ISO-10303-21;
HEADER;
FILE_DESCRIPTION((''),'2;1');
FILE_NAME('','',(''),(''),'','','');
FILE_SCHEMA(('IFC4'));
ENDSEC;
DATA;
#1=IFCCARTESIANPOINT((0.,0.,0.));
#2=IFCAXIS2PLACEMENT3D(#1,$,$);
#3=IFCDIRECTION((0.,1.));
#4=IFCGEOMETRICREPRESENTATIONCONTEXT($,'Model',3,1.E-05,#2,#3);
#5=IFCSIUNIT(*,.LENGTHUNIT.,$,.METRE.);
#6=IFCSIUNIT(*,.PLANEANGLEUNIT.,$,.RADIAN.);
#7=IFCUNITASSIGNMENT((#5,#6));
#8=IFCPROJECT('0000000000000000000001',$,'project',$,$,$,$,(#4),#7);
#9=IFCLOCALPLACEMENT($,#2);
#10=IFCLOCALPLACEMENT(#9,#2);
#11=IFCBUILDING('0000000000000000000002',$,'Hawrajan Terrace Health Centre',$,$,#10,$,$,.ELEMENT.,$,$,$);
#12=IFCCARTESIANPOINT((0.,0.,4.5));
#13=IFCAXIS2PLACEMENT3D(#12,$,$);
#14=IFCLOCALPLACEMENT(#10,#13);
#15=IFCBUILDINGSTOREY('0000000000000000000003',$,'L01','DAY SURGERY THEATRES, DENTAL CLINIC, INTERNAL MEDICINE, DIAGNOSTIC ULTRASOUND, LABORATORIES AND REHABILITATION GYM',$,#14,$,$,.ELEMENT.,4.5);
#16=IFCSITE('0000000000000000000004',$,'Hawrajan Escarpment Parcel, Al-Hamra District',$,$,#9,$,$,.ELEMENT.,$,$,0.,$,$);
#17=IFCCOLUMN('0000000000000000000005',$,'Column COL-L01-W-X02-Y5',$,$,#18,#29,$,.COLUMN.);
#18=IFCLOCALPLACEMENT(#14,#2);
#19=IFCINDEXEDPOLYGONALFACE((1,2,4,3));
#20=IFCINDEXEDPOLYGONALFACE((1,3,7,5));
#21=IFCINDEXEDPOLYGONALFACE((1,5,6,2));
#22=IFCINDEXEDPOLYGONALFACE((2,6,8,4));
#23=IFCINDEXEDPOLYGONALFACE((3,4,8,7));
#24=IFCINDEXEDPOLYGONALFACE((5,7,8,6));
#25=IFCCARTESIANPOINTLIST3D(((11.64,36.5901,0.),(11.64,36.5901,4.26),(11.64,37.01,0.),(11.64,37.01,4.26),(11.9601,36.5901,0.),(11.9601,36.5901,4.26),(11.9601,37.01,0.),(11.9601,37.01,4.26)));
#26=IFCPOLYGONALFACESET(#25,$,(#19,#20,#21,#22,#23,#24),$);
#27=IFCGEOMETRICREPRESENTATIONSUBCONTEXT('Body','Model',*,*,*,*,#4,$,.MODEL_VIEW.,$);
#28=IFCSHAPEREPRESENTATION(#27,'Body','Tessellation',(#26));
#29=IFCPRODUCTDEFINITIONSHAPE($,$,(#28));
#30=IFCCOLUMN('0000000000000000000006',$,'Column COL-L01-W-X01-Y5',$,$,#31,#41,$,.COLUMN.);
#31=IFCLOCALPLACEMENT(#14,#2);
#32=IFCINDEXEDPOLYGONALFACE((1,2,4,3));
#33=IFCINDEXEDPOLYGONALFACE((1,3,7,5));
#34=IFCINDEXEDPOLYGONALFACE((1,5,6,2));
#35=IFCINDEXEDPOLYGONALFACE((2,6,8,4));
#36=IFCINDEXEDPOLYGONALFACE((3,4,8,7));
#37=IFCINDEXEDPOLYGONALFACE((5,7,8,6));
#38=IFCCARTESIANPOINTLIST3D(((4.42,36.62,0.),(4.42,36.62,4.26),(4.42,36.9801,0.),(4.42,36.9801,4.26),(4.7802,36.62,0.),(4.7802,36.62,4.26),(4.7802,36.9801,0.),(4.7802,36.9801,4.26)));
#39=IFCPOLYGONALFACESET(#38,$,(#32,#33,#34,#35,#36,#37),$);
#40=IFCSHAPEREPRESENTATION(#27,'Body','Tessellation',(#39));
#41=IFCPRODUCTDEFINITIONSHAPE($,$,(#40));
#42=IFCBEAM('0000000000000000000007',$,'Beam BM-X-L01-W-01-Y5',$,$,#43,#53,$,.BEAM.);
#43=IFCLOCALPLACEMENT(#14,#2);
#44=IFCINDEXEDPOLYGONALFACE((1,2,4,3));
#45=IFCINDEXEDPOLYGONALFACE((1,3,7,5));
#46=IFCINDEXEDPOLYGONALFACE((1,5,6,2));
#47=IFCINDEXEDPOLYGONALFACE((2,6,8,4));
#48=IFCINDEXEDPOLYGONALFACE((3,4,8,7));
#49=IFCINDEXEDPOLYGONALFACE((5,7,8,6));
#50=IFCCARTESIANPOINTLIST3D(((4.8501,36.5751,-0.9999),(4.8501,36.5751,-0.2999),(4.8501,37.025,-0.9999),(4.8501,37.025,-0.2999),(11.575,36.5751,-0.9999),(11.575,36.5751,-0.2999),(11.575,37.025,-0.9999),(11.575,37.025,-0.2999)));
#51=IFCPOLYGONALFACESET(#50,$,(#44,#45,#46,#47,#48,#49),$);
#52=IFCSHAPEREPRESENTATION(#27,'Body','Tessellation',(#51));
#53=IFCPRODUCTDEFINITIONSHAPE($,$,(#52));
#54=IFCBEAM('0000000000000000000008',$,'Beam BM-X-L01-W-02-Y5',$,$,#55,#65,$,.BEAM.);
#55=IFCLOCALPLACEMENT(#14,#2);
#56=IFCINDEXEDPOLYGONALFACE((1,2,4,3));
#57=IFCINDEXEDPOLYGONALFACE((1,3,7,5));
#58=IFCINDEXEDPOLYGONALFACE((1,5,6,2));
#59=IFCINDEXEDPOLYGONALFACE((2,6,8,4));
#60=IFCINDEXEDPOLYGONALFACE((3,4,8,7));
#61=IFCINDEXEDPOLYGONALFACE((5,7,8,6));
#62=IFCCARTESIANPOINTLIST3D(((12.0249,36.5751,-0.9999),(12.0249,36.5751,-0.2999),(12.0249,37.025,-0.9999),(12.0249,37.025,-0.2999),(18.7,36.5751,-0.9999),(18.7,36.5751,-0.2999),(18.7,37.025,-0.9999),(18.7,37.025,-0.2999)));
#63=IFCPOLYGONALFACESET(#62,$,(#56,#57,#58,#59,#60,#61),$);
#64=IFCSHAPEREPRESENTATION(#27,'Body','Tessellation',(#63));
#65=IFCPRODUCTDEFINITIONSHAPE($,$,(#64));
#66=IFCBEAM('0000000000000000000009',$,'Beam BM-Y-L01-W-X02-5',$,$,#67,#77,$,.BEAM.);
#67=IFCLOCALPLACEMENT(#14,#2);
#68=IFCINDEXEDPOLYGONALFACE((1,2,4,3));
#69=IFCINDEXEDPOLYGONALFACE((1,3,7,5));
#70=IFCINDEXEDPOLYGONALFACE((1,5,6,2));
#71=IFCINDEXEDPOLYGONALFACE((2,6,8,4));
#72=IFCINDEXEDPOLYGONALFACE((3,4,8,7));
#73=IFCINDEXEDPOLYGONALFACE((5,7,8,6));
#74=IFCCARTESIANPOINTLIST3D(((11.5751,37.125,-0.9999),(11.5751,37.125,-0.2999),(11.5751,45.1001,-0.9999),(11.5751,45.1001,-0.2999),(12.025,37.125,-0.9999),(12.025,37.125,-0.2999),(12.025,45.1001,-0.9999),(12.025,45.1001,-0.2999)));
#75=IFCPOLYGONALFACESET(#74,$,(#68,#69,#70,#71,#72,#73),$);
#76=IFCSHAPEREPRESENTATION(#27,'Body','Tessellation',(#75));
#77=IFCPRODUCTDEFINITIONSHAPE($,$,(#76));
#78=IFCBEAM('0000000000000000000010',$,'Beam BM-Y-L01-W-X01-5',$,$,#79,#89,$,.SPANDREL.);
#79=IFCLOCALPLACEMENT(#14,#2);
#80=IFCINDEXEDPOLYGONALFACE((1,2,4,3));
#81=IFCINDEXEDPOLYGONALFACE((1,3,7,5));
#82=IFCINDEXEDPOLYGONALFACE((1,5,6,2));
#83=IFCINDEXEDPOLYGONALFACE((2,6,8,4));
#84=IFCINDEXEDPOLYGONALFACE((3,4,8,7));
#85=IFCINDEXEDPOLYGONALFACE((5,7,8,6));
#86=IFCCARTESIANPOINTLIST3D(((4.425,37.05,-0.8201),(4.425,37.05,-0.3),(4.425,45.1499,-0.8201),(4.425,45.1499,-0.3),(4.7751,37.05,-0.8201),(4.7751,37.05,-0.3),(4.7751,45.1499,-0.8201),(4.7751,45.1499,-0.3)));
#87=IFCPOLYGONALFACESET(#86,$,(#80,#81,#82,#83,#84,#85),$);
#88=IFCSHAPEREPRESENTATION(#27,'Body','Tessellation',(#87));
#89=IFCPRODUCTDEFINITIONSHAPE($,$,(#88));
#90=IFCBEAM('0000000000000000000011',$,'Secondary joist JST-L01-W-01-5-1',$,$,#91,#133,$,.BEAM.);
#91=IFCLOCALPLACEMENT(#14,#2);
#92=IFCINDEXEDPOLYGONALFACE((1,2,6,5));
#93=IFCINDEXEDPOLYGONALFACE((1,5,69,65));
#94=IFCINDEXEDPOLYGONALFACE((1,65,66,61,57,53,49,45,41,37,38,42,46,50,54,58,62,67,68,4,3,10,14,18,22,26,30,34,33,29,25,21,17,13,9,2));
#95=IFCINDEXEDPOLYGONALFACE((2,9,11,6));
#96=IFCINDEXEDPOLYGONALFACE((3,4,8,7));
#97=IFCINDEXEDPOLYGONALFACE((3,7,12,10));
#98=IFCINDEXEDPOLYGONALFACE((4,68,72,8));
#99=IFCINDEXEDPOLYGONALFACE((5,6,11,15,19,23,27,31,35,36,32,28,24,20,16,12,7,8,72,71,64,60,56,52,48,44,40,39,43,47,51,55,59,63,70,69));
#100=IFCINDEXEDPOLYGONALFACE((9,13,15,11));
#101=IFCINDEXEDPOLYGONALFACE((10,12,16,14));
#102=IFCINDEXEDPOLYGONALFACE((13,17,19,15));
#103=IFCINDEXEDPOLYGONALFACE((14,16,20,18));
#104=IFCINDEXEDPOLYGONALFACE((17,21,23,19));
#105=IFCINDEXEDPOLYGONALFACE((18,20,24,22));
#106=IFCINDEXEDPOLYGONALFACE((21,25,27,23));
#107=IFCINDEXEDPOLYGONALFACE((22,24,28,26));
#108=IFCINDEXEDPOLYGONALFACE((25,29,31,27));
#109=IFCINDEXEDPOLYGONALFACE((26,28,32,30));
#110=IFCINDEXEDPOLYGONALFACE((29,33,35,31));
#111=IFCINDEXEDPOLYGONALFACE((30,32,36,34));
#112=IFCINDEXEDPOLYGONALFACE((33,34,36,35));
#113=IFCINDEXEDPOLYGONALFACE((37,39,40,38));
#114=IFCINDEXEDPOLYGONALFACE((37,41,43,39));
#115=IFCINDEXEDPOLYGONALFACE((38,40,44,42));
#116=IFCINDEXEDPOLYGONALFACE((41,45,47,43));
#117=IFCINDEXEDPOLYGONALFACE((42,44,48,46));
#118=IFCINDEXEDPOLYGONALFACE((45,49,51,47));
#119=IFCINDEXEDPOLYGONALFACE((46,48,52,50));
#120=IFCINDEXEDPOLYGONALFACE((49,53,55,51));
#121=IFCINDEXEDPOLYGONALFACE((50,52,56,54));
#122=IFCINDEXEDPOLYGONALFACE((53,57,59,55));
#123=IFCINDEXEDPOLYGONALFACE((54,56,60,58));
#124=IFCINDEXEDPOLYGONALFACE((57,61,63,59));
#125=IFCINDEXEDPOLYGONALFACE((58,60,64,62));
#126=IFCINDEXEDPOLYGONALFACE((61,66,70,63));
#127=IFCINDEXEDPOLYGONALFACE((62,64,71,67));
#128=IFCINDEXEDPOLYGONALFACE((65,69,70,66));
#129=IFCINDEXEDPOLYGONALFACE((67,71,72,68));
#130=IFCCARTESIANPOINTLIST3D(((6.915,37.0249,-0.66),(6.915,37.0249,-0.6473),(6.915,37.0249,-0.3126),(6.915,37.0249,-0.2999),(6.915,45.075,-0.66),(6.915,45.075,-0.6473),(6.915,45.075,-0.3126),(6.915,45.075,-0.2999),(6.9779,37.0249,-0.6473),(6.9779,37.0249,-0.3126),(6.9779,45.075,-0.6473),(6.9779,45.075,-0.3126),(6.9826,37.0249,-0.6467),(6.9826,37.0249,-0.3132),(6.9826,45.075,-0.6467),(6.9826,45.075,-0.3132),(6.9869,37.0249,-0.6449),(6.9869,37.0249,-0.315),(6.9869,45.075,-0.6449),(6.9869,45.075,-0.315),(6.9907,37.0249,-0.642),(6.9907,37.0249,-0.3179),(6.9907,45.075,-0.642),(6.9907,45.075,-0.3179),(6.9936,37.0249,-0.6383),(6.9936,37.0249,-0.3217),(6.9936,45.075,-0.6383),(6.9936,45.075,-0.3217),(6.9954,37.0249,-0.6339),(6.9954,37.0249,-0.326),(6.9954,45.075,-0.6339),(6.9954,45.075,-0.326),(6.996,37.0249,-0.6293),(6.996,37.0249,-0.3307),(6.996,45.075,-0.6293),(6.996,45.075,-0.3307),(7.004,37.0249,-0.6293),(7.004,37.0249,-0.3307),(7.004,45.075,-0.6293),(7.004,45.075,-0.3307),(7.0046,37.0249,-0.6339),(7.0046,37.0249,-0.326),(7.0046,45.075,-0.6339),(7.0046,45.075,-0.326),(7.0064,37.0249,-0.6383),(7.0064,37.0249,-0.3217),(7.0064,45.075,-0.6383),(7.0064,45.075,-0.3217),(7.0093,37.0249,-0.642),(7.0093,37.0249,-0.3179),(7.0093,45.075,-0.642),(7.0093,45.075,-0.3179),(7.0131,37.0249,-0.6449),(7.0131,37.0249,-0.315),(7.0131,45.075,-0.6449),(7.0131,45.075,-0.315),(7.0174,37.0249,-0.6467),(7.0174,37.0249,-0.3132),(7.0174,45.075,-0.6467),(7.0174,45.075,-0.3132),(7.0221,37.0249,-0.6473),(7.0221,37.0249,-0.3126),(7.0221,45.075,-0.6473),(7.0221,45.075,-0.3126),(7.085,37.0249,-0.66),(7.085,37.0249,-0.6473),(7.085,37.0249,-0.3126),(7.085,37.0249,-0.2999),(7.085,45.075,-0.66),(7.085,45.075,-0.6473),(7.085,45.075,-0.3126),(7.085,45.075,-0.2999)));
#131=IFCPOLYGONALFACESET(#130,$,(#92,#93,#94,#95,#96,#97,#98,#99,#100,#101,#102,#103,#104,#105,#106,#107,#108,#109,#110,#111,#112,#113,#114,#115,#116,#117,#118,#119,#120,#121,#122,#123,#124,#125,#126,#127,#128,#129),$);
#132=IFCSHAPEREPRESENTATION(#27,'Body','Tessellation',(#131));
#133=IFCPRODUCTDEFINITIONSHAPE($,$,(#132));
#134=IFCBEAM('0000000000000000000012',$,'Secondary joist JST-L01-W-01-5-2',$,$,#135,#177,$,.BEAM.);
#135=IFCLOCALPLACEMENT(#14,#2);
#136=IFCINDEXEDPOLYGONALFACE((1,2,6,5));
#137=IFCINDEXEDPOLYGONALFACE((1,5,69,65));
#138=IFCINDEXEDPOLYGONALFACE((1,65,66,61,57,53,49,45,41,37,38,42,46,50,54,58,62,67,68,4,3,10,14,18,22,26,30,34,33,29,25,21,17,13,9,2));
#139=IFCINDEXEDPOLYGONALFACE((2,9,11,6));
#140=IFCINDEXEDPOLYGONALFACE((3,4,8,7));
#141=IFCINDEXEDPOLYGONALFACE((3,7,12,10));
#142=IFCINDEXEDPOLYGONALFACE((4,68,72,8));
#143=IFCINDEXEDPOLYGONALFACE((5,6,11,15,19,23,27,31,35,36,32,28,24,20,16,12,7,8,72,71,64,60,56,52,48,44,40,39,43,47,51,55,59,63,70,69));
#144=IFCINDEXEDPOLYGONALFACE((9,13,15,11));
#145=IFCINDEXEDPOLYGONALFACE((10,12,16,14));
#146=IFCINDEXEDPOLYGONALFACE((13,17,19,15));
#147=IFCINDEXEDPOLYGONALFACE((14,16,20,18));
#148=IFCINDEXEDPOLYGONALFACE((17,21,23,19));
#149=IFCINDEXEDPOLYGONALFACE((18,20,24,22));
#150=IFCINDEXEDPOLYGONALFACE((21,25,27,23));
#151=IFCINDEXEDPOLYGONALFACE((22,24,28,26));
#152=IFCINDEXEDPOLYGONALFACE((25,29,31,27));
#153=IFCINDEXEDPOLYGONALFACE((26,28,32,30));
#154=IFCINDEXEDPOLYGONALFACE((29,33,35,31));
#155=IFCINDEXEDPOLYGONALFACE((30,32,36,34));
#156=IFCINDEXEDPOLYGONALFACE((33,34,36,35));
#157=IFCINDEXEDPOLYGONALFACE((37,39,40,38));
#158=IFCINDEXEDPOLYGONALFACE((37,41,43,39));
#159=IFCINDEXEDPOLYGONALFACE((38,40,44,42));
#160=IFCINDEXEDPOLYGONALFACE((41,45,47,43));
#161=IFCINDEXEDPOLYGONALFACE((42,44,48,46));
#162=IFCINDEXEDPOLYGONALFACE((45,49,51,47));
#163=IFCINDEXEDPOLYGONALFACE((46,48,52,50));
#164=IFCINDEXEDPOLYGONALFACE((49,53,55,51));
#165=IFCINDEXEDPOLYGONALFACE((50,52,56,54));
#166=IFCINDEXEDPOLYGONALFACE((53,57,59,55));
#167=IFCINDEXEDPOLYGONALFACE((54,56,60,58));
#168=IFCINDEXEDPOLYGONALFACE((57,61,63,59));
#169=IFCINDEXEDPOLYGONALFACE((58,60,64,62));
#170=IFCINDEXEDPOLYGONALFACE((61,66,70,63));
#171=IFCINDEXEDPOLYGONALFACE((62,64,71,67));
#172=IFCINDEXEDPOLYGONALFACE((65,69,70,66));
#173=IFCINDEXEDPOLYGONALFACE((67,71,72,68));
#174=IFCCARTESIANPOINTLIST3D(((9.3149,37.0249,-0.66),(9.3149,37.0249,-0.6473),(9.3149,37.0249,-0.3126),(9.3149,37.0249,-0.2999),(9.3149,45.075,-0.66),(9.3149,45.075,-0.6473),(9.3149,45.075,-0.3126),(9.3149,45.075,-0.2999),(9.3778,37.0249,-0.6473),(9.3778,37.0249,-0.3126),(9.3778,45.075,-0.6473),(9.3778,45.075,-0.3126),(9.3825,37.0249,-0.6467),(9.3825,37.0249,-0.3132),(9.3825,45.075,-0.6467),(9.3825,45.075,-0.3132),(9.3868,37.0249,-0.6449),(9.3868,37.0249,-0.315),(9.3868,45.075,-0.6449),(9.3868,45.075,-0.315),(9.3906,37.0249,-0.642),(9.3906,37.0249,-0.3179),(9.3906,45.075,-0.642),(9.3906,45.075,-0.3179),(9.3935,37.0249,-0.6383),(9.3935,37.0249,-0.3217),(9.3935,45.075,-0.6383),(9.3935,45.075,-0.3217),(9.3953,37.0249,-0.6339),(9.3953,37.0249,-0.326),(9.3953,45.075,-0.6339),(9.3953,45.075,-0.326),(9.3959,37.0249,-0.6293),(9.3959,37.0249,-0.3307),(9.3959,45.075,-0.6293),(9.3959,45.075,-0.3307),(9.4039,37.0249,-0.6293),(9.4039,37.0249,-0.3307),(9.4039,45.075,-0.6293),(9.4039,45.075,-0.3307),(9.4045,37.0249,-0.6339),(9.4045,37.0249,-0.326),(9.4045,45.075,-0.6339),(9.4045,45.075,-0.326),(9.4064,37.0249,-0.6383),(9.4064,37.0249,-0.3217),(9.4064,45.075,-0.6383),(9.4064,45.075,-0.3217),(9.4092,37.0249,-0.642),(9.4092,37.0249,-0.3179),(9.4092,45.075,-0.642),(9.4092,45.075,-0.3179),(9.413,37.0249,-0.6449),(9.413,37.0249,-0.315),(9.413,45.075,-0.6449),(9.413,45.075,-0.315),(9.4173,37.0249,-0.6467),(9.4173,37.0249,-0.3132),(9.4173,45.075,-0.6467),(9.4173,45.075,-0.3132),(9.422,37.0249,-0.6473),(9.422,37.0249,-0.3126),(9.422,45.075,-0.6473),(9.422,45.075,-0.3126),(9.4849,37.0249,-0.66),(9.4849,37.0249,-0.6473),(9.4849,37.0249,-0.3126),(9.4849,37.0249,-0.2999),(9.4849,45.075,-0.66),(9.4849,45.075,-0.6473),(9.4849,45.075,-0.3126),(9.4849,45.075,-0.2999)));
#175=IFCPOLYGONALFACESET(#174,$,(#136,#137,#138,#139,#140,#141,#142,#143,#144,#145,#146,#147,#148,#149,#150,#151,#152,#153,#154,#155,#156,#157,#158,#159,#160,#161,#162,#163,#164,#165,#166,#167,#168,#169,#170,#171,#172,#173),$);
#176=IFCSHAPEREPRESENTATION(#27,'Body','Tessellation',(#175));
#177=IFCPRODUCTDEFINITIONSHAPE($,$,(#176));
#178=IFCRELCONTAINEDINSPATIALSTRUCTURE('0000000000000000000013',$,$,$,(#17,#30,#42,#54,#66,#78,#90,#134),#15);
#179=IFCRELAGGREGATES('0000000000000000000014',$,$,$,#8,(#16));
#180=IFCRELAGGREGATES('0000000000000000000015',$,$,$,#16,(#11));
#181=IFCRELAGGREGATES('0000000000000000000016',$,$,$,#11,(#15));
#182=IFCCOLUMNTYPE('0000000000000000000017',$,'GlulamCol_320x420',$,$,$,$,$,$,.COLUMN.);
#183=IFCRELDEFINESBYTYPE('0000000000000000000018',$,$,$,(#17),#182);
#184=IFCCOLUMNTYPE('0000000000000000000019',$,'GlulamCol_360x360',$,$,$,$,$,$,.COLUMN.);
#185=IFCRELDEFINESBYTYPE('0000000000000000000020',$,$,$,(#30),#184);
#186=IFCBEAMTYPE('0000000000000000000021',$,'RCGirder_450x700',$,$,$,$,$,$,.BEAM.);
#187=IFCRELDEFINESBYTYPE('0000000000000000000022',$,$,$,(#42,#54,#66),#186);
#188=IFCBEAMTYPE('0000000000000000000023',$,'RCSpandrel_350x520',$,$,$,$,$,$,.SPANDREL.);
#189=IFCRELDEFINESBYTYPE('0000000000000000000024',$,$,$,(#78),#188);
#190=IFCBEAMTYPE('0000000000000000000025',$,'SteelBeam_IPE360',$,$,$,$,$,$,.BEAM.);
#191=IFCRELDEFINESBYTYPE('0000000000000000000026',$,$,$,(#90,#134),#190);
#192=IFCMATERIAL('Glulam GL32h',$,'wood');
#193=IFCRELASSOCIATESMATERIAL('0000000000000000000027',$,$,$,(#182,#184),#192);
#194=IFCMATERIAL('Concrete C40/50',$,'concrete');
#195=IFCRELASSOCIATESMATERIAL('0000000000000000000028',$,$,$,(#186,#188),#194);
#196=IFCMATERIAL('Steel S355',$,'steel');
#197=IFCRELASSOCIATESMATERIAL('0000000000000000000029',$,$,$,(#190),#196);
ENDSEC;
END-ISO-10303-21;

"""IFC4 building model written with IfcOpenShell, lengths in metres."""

from ifc_helpers import new_model, si_unit, direction, frame, origin, origin_2d, place, context, subcontext, project, spatial, rectangle, i_section, extrude, material, material_profile, profile_set, type_object, element, save


model = new_model("IFC4")

# Units and contexts
model_context = context("Model", 3, precision=1e-05, world=origin(), true_north=direction((0.0, 1.0)))
body_context = subcontext(model_context, "Body", "Model", "MODEL_VIEW")
ifc_project = project(units=[si_unit("LENGTHUNIT", "METRE"), si_unit("PLANEANGLEUNIT", "RADIAN")], contexts=[model_context])

# Site, building, storey
site_placement = place(None, origin())
site = spatial("IfcSite", under=ifc_project, at=site_placement, Name="Hawrajan Escarpment Parcel, Al-Hamra District", CompositionType="ELEMENT", RefElevation=0.0)
building_placement = place(site_placement, origin())
building = spatial("IfcBuilding", under=site, at=building_placement, Name="Hawrajan Terrace Health Centre", CompositionType="ELEMENT")
storey_placement = place(building_placement, frame((0.0, 0.0, 4.5)))
storey = spatial("IfcBuildingStorey", under=building, at=storey_placement, Name="L01", Description="DAY SURGERY THEATRES, DENTAL CLINIC, INTERNAL MEDICINE, DIAGNOSTIC ULTRASOUND, LABORATORIES AND REHABILITATION GYM", CompositionType="ELEMENT", Elevation=4.5)

# Columns
ifc_material_1 = material(Name="Glulam GL32h", Category="wood")
ifc_material_profile_1 = material_profile(ifc_material_1, rectangle(XDim=0.3201, YDim=0.4199, at=origin_2d()), Name="GL 320x420")
ifc_profile_set_1 = profile_set([ifc_material_profile_1], Name="Glulam GL32h")
column_type_1 = type_object("IfcColumnType", Name="GlulamCol_320x420", PredefinedType="COLUMN", material=ifc_profile_set_1)
column_1_placement = place(storey_placement, frame((11.8, 36.8, 0.0), z_axis=(0.0, 0.0, 1.0), x_axis=(1.0, 0.0, 0.0)))
element("IfcColumn", 1, at=column_1_placement, inside=storey, type_object=column_type_1, Name="Column COL-L01-W-X02-Y5", PredefinedType="COLUMN", context=body_context, shape_type="SweptSolid", body=[
    extrude(rectangle(XDim=0.3201, YDim=0.4199, at=origin_2d()), origin(), (0.0, 0.0, 1.0), 4.26),
])
ifc_material_profile_2 = material_profile(ifc_material_1, rectangle(XDim=0.3601, YDim=0.3601, at=origin_2d()), Name="GL 360x360")
ifc_profile_set_2 = profile_set([ifc_material_profile_2], Name="Glulam GL32h")
column_type_2 = type_object("IfcColumnType", Name="GlulamCol_360x360", PredefinedType="COLUMN", material=ifc_profile_set_2)
column_2_placement = place(storey_placement, frame((4.6001, 36.8, 0.0), z_axis=(0.0, 0.0, 1.0), x_axis=(1.0, 0.0, 0.0)))
element("IfcColumn", 2, at=column_2_placement, inside=storey, type_object=column_type_2, Name="Column COL-L01-W-X01-Y5", PredefinedType="COLUMN", context=body_context, shape_type="SweptSolid", body=[
    extrude(rectangle(XDim=0.3601, YDim=0.3601, at=origin_2d()), origin(), (0.0, 0.0, 1.0), 4.26),
])

# Beams
ifc_material_2 = material(Name="Concrete C40/50", Category="concrete")
ifc_material_profile_3 = material_profile(ifc_material_2, rectangle(XDim=0.45, YDim=0.7, at=origin_2d()), Name="RC BM 450x700")
ifc_profile_set_3 = profile_set([ifc_material_profile_3], Name="Concrete C40/50")
beam_type_1 = type_object("IfcBeamType", Name="RCGirder_450x700", PredefinedType="BEAM", material=ifc_profile_set_3)
beam_1_placement = place(storey_placement, frame((4.8501, 36.8, -0.6499), z_axis=(1.0, 0.0, 0.0), x_axis=(0.0, 1.0, 0.0)))
element("IfcBeam", 3, at=beam_1_placement, inside=storey, type_object=beam_type_1, Name="Beam BM-X-L01-W-01-Y5", PredefinedType="BEAM", context=body_context, shape_type="SweptSolid", body=[
    extrude(rectangle(XDim=0.45, YDim=0.7, at=origin_2d()), origin(), (0.0, 0.0, 1.0), 6.7249),
])
beam_2_placement = place(storey_placement, frame((12.0249, 36.8, -0.6499), z_axis=(1.0, 0.0, 0.0), x_axis=(0.0, 1.0, 0.0)))
element("IfcBeam", 4, at=beam_2_placement, inside=storey, type_object=beam_type_1, Name="Beam BM-X-L01-W-02-Y5", PredefinedType="BEAM", context=body_context, shape_type="SweptSolid", body=[
    extrude(rectangle(XDim=0.45, YDim=0.7, at=origin_2d()), origin(), (0.0, 0.0, 1.0), 6.675),
])
beam_3_placement = place(storey_placement, frame((11.8, 37.125, -0.6499), z_axis=(0.0, 1.0, 0.0), x_axis=(-1.0, 0.0, 0.0)))
element("IfcBeam", 5, at=beam_3_placement, inside=storey, type_object=beam_type_1, Name="Beam BM-Y-L01-W-X02-5", PredefinedType="BEAM", context=body_context, shape_type="SweptSolid", body=[
    extrude(rectangle(XDim=0.45, YDim=0.7, at=origin_2d()), origin(), (0.0, 0.0, 1.0), 7.9751),
])
ifc_material_profile_4 = material_profile(ifc_material_2, rectangle(XDim=0.3501, YDim=0.52, at=origin_2d()), Name="RC SP 350x520")
ifc_profile_set_4 = profile_set([ifc_material_profile_4], Name="Concrete C40/50")
beam_type_2 = type_object("IfcBeamType", Name="RCSpandrel_350x520", PredefinedType="SPANDREL", material=ifc_profile_set_4)
beam_4_placement = place(storey_placement, frame((4.6001, 37.05, -0.5601), z_axis=(0.0, 1.0, 0.0), x_axis=(-1.0, 0.0, 0.0)))
element("IfcBeam", 6, at=beam_4_placement, inside=storey, type_object=beam_type_2, Name="Beam BM-Y-L01-W-X01-5", PredefinedType="SPANDREL", context=body_context, shape_type="SweptSolid", body=[
    extrude(rectangle(XDim=0.3501, YDim=0.52, at=origin_2d()), origin(), (0.0, 0.0, 1.0), 8.0999),
])
ifc_material_3 = material(Name="Steel S355", Category="steel")
ifc_material_profile_5 = material_profile(ifc_material_3, i_section(OverallWidth=0.1699, OverallDepth=0.3601, WebThickness=0.0081, FlangeThickness=0.0127, FilletRadius=0.0181, at=origin_2d()), Name="IPE 360")
ifc_profile_set_5 = profile_set([ifc_material_profile_5], Name="Steel S355")
beam_type_3 = type_object("IfcBeamType", Name="SteelBeam_IPE360", PredefinedType="BEAM", material=ifc_profile_set_5)
for number, where, z_axis, x_axis, name in (
    (7, (7.0, 37.0249, -0.48), (0.0, 1.0, 0.0), (-1.0, 0.0, 0.0), "Secondary joist JST-L01-W-01-5-1"),
    (8, (9.3999, 37.0249, -0.48), (0.0, 1.0, 0.0), (-1.0, 0.0, 0.0), "Secondary joist JST-L01-W-01-5-2"),
):
    element("IfcBeam", number, at=place(storey_placement, frame(where, z_axis=z_axis, x_axis=x_axis)), inside=storey, type_object=beam_type_3, Name=name, PredefinedType="BEAM", context=body_context, shape_type="SweptSolid", body=[
        extrude(i_section(OverallWidth=0.1699, OverallDepth=0.3601, WebThickness=0.0081, FlangeThickness=0.0127, FilletRadius=0.0181, at=origin_2d()), origin(), (0.0, 0.0, 1.0), 8.05),
    ])

save(model, "model.ifc")
